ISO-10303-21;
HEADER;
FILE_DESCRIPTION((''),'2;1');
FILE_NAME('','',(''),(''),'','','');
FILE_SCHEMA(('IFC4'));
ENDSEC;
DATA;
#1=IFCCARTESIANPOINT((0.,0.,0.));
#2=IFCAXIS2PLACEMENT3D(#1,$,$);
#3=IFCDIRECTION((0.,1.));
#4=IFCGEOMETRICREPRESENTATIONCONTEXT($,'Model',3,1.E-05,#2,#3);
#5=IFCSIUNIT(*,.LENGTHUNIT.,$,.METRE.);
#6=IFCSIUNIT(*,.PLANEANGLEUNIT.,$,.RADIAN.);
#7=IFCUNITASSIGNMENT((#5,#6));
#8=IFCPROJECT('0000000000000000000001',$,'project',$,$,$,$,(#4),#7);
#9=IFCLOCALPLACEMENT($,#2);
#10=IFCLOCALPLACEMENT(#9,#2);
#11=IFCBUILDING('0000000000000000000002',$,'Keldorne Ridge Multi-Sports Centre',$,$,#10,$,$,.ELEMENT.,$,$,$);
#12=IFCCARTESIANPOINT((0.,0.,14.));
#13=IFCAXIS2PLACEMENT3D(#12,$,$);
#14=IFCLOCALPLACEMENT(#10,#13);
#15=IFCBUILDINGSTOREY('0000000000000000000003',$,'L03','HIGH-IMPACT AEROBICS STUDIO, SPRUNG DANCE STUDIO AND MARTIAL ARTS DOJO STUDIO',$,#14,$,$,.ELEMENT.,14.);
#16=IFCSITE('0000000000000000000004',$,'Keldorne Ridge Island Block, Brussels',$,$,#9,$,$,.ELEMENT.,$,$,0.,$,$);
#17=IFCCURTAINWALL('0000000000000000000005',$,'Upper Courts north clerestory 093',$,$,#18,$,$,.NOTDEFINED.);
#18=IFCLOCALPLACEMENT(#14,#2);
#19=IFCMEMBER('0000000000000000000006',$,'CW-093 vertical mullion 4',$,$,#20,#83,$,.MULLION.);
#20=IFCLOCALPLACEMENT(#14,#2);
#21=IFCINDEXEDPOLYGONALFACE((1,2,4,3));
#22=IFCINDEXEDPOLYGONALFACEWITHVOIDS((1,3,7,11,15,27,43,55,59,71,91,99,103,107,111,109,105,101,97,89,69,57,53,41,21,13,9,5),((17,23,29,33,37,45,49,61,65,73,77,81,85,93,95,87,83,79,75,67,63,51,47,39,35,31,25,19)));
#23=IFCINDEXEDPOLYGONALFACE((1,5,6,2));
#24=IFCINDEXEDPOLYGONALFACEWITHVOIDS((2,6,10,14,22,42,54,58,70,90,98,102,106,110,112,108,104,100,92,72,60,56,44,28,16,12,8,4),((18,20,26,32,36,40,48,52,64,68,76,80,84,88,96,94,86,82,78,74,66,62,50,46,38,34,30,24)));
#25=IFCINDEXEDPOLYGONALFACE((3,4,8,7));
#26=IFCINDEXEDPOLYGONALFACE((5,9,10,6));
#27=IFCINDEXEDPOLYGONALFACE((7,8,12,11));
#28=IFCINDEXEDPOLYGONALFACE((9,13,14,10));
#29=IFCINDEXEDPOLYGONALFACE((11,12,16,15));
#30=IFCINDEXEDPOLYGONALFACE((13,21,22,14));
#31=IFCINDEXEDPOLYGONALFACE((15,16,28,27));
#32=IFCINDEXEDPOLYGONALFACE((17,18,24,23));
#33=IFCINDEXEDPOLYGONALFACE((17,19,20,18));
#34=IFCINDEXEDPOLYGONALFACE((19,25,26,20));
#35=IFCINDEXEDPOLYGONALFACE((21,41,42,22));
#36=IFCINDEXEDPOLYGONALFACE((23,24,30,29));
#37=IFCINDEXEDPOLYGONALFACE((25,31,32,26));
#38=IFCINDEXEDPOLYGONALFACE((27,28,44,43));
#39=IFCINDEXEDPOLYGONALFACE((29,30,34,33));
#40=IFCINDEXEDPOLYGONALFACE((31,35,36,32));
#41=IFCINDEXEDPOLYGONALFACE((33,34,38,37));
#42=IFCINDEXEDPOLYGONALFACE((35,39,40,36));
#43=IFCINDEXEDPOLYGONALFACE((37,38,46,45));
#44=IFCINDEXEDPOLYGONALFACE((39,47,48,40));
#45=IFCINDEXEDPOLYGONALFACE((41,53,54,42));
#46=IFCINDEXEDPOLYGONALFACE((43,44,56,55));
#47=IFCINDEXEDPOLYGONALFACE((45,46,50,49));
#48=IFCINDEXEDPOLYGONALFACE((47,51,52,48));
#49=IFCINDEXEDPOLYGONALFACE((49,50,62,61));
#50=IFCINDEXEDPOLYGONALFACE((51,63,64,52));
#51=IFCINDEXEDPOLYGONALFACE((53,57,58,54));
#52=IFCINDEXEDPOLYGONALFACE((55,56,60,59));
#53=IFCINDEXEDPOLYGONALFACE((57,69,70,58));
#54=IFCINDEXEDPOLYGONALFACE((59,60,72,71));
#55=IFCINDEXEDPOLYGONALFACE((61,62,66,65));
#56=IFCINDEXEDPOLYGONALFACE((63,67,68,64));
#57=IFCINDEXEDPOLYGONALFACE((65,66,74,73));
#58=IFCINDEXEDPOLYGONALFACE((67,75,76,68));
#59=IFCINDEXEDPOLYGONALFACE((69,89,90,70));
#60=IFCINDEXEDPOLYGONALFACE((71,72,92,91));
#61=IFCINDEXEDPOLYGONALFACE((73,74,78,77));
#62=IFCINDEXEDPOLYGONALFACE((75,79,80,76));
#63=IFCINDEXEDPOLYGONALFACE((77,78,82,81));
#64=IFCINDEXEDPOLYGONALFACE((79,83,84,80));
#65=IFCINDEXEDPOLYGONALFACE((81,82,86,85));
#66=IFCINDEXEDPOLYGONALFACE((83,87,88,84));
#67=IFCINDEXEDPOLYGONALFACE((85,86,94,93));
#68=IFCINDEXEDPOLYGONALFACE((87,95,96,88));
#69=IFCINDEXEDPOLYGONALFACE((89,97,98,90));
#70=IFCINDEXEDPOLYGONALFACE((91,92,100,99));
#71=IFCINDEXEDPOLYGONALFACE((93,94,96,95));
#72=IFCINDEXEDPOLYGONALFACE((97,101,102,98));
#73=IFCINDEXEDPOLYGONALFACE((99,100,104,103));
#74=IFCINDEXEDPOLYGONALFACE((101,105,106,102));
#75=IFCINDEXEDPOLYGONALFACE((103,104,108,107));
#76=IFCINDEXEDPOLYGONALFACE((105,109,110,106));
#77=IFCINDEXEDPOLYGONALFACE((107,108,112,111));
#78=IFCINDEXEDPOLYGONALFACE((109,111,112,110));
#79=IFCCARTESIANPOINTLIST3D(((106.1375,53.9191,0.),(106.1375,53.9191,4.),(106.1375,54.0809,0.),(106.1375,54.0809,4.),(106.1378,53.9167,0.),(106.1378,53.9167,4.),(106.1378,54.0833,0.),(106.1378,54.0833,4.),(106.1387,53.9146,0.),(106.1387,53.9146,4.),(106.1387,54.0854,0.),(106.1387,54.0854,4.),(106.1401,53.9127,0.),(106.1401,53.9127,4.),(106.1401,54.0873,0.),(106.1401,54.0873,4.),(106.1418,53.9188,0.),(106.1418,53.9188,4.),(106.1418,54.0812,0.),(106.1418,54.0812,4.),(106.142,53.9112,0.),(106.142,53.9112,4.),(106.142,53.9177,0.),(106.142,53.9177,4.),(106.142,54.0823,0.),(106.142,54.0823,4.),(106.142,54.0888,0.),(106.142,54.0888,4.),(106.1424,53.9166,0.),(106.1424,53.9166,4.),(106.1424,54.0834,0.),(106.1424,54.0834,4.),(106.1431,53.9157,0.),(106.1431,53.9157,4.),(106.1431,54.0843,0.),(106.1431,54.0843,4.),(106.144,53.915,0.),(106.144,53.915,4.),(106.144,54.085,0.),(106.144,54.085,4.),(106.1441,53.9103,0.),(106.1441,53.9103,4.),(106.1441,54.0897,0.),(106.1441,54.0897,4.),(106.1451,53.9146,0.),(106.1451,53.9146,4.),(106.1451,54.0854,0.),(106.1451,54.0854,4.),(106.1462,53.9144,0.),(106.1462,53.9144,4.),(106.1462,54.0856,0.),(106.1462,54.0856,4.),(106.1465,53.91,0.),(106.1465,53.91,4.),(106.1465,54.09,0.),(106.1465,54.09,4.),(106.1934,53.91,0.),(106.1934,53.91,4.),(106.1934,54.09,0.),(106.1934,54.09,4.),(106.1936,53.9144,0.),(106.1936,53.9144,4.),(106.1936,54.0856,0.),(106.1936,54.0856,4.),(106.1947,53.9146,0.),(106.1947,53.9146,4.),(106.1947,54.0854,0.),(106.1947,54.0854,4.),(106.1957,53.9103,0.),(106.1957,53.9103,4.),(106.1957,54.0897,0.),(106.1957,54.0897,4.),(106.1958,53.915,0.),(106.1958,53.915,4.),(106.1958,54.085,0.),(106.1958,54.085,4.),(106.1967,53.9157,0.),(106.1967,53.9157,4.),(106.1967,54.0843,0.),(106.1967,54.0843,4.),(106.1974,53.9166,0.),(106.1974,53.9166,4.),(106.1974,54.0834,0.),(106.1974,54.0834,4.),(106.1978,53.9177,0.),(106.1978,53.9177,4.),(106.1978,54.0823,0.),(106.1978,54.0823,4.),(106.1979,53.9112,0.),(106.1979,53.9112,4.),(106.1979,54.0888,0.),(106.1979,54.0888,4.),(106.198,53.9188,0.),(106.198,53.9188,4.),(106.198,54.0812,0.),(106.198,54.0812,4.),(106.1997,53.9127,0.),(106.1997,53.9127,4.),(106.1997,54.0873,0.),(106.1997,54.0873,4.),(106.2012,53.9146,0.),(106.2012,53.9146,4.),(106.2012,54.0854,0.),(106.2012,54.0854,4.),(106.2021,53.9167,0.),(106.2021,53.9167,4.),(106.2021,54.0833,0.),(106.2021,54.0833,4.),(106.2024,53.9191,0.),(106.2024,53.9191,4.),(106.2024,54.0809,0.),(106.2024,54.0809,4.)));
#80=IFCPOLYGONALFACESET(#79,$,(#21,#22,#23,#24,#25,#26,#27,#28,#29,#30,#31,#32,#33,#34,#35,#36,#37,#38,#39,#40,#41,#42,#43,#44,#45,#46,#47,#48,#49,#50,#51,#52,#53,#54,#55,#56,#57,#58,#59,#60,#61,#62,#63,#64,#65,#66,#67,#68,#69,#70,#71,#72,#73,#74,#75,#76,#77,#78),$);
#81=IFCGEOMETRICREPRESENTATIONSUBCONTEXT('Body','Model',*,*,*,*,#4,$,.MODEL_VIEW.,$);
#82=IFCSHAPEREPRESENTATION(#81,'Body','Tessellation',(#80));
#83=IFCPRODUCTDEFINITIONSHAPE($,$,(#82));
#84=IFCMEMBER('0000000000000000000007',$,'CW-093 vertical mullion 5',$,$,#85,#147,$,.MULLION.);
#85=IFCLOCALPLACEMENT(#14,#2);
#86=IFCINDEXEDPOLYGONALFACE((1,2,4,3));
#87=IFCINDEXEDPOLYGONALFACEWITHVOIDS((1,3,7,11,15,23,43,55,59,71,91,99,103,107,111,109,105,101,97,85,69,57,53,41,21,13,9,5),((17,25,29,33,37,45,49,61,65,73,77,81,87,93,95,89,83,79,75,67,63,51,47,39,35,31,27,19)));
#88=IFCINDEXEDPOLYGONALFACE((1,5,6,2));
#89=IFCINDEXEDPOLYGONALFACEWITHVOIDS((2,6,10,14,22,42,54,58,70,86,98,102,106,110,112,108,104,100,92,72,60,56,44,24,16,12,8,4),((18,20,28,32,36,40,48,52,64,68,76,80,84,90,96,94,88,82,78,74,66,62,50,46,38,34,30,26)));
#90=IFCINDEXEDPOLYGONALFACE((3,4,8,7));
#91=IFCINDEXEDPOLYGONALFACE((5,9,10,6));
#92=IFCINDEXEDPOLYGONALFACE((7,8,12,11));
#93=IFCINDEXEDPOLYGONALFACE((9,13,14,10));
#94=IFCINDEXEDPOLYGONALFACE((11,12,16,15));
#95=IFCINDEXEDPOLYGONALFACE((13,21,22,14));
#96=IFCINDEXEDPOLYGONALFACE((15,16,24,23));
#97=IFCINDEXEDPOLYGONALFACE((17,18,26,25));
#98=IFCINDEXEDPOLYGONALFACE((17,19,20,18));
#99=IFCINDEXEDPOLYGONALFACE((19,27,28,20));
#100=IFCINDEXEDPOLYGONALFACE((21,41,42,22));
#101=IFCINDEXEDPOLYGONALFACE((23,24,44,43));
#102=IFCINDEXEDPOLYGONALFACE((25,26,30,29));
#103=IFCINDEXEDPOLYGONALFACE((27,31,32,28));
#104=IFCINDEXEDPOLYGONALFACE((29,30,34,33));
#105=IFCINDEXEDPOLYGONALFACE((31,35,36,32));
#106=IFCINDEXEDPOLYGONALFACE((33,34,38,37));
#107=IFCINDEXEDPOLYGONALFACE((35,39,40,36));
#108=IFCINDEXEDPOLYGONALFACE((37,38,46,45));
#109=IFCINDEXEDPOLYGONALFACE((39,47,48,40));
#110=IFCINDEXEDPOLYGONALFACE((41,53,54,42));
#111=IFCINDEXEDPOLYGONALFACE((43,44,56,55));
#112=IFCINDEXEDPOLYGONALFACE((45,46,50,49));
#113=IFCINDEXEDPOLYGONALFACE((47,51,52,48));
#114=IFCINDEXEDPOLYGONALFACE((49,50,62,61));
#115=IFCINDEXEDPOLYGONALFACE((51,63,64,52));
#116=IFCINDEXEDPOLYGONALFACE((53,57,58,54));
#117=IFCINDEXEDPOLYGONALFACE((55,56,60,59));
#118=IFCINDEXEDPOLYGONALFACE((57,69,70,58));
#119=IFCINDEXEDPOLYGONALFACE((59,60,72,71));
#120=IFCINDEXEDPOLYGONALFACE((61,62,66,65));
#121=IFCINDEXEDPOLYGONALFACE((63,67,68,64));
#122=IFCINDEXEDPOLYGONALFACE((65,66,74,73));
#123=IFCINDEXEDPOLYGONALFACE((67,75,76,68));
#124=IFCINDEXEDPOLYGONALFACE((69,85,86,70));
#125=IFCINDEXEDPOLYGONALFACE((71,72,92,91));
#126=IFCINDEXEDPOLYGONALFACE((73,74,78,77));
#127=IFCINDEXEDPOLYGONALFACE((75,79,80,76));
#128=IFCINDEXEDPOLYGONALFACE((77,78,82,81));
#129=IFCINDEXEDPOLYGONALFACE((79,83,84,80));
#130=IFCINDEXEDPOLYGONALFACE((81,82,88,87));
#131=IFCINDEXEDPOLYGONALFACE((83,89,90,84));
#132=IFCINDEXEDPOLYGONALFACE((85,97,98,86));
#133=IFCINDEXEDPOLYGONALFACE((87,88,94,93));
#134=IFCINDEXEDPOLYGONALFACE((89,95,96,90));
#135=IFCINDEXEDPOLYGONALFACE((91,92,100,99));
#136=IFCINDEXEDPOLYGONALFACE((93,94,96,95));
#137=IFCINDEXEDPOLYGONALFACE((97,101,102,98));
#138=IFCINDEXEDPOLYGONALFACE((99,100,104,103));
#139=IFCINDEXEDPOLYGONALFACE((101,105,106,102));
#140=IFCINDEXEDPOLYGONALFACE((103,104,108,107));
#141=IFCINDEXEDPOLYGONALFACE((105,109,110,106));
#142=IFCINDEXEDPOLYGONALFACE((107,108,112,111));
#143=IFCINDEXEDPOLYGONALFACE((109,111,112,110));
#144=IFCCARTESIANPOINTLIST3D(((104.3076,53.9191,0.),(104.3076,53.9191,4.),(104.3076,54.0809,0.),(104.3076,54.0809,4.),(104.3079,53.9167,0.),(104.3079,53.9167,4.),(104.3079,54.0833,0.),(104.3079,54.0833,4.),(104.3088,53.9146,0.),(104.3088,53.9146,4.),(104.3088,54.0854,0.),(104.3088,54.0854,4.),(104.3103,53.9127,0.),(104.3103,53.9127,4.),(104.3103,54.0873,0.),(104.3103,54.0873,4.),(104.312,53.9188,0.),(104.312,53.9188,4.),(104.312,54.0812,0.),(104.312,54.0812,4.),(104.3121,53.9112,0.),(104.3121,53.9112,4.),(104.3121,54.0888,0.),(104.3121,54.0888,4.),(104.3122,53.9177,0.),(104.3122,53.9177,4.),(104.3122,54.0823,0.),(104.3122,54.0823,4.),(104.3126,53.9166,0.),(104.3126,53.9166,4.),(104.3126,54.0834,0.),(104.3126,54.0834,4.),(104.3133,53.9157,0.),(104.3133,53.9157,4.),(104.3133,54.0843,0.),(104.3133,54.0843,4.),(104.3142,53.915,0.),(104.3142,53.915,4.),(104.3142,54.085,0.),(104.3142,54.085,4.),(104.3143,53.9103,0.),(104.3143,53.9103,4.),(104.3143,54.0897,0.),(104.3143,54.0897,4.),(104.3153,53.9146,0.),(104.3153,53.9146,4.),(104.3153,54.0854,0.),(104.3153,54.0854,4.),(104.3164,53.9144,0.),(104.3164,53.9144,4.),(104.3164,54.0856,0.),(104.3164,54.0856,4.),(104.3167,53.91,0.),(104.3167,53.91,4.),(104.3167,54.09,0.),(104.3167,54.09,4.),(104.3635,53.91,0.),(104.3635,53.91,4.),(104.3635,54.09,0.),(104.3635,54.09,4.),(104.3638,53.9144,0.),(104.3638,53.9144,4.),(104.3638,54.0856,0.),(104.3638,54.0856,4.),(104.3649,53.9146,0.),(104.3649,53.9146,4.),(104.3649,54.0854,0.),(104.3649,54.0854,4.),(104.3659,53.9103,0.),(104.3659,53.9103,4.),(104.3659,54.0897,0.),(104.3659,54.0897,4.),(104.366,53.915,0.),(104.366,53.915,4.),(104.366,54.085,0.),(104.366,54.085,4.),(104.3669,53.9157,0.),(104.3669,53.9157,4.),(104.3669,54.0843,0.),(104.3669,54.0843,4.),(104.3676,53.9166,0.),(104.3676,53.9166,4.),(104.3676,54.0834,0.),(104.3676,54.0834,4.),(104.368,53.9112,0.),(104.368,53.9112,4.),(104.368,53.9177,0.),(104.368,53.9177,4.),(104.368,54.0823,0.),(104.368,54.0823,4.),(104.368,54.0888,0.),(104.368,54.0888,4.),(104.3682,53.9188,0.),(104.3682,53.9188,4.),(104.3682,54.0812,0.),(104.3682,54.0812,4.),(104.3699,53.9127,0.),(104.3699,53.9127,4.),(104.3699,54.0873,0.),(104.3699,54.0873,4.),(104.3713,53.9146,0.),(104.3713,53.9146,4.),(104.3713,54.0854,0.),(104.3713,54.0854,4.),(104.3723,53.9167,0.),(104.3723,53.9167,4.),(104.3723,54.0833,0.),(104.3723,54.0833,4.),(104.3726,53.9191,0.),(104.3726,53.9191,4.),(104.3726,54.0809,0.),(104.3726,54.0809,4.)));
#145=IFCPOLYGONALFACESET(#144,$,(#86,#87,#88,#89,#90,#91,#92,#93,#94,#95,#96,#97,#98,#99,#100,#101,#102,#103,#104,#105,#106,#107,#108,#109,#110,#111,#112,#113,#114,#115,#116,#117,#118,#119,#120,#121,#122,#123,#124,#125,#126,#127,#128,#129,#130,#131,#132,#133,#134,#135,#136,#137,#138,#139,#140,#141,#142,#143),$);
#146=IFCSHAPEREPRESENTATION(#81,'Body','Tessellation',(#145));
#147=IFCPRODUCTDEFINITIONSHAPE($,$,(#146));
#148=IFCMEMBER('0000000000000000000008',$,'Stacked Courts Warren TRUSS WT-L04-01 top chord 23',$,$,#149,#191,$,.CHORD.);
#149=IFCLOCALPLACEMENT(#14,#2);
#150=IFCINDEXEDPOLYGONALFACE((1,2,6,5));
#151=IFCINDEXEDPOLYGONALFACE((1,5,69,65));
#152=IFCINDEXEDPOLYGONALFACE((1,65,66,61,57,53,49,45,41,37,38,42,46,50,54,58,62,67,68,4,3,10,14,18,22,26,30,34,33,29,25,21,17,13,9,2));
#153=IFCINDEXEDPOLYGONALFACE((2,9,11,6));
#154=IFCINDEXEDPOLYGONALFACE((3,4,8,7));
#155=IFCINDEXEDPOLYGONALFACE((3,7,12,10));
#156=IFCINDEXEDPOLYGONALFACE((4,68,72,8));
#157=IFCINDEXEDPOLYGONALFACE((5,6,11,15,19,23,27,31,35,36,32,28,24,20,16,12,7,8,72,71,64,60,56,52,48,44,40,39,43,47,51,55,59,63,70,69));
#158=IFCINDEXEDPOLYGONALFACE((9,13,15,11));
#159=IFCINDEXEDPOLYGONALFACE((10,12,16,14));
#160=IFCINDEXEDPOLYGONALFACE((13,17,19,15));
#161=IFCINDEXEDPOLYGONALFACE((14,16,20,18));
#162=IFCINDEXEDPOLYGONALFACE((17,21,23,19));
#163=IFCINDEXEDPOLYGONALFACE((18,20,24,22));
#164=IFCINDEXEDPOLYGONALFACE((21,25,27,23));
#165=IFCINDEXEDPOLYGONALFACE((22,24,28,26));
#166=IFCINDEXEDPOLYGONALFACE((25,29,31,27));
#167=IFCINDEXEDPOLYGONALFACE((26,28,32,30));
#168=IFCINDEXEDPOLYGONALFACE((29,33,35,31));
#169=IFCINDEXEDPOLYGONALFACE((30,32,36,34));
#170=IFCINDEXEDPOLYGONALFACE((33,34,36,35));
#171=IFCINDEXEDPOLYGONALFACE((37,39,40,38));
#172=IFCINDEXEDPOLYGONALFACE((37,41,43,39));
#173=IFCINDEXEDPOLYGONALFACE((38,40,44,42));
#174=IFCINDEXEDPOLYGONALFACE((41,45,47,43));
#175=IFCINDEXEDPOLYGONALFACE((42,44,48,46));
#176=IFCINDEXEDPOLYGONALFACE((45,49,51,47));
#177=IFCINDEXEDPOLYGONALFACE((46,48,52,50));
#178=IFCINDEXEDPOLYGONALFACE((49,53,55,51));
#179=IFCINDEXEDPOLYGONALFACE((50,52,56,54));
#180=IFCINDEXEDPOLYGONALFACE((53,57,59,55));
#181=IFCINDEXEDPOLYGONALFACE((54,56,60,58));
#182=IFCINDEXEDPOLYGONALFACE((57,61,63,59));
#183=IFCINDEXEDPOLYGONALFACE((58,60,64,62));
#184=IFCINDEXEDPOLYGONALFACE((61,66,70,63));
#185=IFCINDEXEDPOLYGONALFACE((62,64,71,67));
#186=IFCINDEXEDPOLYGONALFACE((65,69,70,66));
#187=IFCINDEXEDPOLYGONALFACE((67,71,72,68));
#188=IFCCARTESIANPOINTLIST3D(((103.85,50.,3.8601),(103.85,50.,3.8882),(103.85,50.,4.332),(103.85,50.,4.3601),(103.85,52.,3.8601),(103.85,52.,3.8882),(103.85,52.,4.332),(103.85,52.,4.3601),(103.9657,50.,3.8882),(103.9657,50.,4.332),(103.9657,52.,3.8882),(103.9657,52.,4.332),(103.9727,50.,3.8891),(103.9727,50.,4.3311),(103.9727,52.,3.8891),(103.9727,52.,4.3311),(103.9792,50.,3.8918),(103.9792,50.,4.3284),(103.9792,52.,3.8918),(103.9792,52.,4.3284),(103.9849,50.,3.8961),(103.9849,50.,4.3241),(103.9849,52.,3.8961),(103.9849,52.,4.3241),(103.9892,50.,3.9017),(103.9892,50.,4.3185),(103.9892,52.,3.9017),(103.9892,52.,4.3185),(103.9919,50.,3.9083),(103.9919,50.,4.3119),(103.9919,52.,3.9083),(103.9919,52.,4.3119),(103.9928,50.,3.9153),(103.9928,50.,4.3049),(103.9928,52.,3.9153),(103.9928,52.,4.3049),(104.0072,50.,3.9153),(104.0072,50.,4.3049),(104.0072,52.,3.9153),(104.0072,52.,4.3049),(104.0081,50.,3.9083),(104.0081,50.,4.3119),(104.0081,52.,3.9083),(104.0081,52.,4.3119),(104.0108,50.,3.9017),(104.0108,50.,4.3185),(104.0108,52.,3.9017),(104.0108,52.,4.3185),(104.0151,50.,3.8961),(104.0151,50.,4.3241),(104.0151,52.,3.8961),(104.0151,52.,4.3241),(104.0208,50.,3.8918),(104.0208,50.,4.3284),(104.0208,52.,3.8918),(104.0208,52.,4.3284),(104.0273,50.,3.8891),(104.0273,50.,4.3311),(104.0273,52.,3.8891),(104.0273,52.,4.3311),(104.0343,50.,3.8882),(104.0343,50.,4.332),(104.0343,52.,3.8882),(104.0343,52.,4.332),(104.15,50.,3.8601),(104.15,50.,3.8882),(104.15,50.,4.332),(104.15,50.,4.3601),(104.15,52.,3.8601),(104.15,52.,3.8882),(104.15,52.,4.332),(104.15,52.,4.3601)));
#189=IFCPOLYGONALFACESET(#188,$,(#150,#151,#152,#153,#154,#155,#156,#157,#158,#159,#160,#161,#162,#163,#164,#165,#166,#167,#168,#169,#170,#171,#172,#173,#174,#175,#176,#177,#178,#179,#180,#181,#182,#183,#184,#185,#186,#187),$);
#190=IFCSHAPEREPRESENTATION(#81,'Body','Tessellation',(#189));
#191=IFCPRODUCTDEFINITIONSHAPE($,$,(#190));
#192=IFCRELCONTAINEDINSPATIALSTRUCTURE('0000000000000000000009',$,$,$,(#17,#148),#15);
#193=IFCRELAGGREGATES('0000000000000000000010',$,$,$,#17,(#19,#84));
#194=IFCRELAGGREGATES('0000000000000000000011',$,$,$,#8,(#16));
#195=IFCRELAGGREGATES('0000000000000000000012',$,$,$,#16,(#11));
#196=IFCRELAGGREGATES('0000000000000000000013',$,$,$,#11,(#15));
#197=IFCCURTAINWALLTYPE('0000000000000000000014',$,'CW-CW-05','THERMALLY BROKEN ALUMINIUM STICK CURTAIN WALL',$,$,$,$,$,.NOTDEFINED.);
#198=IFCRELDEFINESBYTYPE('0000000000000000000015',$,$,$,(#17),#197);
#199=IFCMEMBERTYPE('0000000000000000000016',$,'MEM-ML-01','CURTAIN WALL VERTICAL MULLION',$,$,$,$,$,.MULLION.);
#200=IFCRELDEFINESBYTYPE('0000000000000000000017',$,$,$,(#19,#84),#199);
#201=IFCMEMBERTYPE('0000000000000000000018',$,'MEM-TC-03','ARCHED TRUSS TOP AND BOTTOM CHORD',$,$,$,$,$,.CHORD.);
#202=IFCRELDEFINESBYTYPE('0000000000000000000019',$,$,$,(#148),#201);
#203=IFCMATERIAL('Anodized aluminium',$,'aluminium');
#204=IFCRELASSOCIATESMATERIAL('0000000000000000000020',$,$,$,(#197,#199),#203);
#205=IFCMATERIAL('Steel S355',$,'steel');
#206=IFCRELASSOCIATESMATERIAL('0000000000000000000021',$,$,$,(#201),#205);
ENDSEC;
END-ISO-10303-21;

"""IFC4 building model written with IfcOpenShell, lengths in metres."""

from ifc_helpers import new_model, si_unit, direction, frame, origin, origin_2d, place, context, subcontext, project, spatial, hollow_rectangle, i_section, extrude, material, material_profile, profile_set, type_object, element, aggregate, save


model = new_model("IFC4")

# Units and contexts
model_context = context("Model", 3, precision=1e-05, world=origin(), true_north=direction((0.0, 1.0)))
body_context = subcontext(model_context, "Body", "Model", "MODEL_VIEW")
ifc_project = project(units=[si_unit("LENGTHUNIT", "METRE"), si_unit("PLANEANGLEUNIT", "RADIAN")], contexts=[model_context])

# Site, building, storey
site_placement = place(None, origin())
site = spatial("IfcSite", under=ifc_project, at=site_placement, Name="Keldorne Ridge Island Block, Brussels", CompositionType="ELEMENT", RefElevation=0.0)
building_placement = place(site_placement, origin())
building = spatial("IfcBuilding", under=site, at=building_placement, Name="Keldorne Ridge Multi-Sports Centre", CompositionType="ELEMENT")
storey_placement = place(building_placement, frame((0.0, 0.0, 14.0)))
storey = spatial("IfcBuildingStorey", under=building, at=storey_placement, Name="L03", Description="HIGH-IMPACT AEROBICS STUDIO, SPRUNG DANCE STUDIO AND MARTIAL ARTS DOJO STUDIO", CompositionType="ELEMENT", Elevation=14.0)

# Shared definitions
ifc_material_1 = material(Name="Steel S355", Category="steel")

# Curtain wall, members
ifc_material_2 = material(Name="Anodized aluminium", Category="aluminium")
curtain_wall_type = type_object("IfcCurtainWallType", Name="CW-CW-05", Description="THERMALLY BROKEN ALUMINIUM STICK CURTAIN WALL", PredefinedType="NOTDEFINED", material=ifc_material_2)
curtain_wall_placement = place(storey_placement, origin())
curtain_wall = element("IfcCurtainWall", 1, at=curtain_wall_placement, inside=storey, type_object=curtain_wall_type, Name="Upper Courts north clerestory 093", PredefinedType="NOTDEFINED")
ifc_material_profile_1 = material_profile(ifc_material_2, hollow_rectangle(XDim=0.0649, YDim=0.1799, WallThickness=0.0044, InnerFilletRadius=0.0044, OuterFilletRadius=0.009, at=origin_2d()), Name="ALU MULLION 180x65x4.5")
ifc_profile_set_1 = profile_set([ifc_material_profile_1], Name="Anodized aluminium")
member_type_1 = type_object("IfcMemberType", Name="MEM-ML-01", Description="CURTAIN WALL VERTICAL MULLION", PredefinedType="MULLION", material=ifc_profile_set_1)
member_1_placement = place(storey_placement, frame((106.1699, 54.0, 0.0), z_axis=(0.0, 0.0, 1.0), x_axis=(1.0, 0.0, 0.0)))
member_1 = element("IfcMember", 2, at=member_1_placement, type_object=member_type_1, Name="CW-093 vertical mullion 4", PredefinedType="MULLION", context=body_context, shape_type="SweptSolid", body=[
    extrude(hollow_rectangle(XDim=0.0649, YDim=0.1799, WallThickness=0.0044, InnerFilletRadius=0.0044, OuterFilletRadius=0.009, at=origin_2d()), origin(), (0.0, 0.0, 1.0), 4.0),
])
member_2_placement = place(storey_placement, frame((104.3401, 54.0, 0.0), z_axis=(0.0, 0.0, 1.0), x_axis=(1.0, 0.0, 0.0)))
member_2 = element("IfcMember", 3, at=member_2_placement, type_object=member_type_1, Name="CW-093 vertical mullion 5", PredefinedType="MULLION", context=body_context, shape_type="SweptSolid", body=[
    extrude(hollow_rectangle(XDim=0.0649, YDim=0.1799, WallThickness=0.0044, InnerFilletRadius=0.0044, OuterFilletRadius=0.009, at=origin_2d()), origin(), (0.0, 0.0, 1.0), 4.0),
])

# Member
ifc_material_profile_2 = material_profile(ifc_material_1, i_section(OverallWidth=0.3, OverallDepth=0.5, WebThickness=0.0144, FlangeThickness=0.0281, FilletRadius=0.0271, at=origin_2d()), Name="HEB 500")
ifc_profile_set_2 = profile_set([ifc_material_profile_2], Name="Steel S355")
member_type_2 = type_object("IfcMemberType", Name="MEM-TC-03", Description="ARCHED TRUSS TOP AND BOTTOM CHORD", PredefinedType="CHORD", material=ifc_profile_set_2)
for number, where, z_axis, x_axis, name in (
    (4, (104.0, 50.0, 4.1101), (0.0, 1.0, 0.0), (-1.0, 0.0, 0.0), "Stacked Courts Warren TRUSS WT-L04-01 top chord 23"),
):
    element("IfcMember", number, at=place(storey_placement, frame(where, z_axis=z_axis, x_axis=x_axis)), inside=storey, type_object=member_type_2, Name=name, PredefinedType="CHORD", context=body_context, shape_type="SweptSolid", body=[
        extrude(i_section(OverallWidth=0.3, OverallDepth=0.5, WebThickness=0.0144, FlangeThickness=0.0281, FilletRadius=0.0271, at=origin_2d()), origin(), (0.0, 0.0, 1.0), 2.0),
    ])

aggregate(curtain_wall, [member_1, member_2])

save(model, "model.ifc")
